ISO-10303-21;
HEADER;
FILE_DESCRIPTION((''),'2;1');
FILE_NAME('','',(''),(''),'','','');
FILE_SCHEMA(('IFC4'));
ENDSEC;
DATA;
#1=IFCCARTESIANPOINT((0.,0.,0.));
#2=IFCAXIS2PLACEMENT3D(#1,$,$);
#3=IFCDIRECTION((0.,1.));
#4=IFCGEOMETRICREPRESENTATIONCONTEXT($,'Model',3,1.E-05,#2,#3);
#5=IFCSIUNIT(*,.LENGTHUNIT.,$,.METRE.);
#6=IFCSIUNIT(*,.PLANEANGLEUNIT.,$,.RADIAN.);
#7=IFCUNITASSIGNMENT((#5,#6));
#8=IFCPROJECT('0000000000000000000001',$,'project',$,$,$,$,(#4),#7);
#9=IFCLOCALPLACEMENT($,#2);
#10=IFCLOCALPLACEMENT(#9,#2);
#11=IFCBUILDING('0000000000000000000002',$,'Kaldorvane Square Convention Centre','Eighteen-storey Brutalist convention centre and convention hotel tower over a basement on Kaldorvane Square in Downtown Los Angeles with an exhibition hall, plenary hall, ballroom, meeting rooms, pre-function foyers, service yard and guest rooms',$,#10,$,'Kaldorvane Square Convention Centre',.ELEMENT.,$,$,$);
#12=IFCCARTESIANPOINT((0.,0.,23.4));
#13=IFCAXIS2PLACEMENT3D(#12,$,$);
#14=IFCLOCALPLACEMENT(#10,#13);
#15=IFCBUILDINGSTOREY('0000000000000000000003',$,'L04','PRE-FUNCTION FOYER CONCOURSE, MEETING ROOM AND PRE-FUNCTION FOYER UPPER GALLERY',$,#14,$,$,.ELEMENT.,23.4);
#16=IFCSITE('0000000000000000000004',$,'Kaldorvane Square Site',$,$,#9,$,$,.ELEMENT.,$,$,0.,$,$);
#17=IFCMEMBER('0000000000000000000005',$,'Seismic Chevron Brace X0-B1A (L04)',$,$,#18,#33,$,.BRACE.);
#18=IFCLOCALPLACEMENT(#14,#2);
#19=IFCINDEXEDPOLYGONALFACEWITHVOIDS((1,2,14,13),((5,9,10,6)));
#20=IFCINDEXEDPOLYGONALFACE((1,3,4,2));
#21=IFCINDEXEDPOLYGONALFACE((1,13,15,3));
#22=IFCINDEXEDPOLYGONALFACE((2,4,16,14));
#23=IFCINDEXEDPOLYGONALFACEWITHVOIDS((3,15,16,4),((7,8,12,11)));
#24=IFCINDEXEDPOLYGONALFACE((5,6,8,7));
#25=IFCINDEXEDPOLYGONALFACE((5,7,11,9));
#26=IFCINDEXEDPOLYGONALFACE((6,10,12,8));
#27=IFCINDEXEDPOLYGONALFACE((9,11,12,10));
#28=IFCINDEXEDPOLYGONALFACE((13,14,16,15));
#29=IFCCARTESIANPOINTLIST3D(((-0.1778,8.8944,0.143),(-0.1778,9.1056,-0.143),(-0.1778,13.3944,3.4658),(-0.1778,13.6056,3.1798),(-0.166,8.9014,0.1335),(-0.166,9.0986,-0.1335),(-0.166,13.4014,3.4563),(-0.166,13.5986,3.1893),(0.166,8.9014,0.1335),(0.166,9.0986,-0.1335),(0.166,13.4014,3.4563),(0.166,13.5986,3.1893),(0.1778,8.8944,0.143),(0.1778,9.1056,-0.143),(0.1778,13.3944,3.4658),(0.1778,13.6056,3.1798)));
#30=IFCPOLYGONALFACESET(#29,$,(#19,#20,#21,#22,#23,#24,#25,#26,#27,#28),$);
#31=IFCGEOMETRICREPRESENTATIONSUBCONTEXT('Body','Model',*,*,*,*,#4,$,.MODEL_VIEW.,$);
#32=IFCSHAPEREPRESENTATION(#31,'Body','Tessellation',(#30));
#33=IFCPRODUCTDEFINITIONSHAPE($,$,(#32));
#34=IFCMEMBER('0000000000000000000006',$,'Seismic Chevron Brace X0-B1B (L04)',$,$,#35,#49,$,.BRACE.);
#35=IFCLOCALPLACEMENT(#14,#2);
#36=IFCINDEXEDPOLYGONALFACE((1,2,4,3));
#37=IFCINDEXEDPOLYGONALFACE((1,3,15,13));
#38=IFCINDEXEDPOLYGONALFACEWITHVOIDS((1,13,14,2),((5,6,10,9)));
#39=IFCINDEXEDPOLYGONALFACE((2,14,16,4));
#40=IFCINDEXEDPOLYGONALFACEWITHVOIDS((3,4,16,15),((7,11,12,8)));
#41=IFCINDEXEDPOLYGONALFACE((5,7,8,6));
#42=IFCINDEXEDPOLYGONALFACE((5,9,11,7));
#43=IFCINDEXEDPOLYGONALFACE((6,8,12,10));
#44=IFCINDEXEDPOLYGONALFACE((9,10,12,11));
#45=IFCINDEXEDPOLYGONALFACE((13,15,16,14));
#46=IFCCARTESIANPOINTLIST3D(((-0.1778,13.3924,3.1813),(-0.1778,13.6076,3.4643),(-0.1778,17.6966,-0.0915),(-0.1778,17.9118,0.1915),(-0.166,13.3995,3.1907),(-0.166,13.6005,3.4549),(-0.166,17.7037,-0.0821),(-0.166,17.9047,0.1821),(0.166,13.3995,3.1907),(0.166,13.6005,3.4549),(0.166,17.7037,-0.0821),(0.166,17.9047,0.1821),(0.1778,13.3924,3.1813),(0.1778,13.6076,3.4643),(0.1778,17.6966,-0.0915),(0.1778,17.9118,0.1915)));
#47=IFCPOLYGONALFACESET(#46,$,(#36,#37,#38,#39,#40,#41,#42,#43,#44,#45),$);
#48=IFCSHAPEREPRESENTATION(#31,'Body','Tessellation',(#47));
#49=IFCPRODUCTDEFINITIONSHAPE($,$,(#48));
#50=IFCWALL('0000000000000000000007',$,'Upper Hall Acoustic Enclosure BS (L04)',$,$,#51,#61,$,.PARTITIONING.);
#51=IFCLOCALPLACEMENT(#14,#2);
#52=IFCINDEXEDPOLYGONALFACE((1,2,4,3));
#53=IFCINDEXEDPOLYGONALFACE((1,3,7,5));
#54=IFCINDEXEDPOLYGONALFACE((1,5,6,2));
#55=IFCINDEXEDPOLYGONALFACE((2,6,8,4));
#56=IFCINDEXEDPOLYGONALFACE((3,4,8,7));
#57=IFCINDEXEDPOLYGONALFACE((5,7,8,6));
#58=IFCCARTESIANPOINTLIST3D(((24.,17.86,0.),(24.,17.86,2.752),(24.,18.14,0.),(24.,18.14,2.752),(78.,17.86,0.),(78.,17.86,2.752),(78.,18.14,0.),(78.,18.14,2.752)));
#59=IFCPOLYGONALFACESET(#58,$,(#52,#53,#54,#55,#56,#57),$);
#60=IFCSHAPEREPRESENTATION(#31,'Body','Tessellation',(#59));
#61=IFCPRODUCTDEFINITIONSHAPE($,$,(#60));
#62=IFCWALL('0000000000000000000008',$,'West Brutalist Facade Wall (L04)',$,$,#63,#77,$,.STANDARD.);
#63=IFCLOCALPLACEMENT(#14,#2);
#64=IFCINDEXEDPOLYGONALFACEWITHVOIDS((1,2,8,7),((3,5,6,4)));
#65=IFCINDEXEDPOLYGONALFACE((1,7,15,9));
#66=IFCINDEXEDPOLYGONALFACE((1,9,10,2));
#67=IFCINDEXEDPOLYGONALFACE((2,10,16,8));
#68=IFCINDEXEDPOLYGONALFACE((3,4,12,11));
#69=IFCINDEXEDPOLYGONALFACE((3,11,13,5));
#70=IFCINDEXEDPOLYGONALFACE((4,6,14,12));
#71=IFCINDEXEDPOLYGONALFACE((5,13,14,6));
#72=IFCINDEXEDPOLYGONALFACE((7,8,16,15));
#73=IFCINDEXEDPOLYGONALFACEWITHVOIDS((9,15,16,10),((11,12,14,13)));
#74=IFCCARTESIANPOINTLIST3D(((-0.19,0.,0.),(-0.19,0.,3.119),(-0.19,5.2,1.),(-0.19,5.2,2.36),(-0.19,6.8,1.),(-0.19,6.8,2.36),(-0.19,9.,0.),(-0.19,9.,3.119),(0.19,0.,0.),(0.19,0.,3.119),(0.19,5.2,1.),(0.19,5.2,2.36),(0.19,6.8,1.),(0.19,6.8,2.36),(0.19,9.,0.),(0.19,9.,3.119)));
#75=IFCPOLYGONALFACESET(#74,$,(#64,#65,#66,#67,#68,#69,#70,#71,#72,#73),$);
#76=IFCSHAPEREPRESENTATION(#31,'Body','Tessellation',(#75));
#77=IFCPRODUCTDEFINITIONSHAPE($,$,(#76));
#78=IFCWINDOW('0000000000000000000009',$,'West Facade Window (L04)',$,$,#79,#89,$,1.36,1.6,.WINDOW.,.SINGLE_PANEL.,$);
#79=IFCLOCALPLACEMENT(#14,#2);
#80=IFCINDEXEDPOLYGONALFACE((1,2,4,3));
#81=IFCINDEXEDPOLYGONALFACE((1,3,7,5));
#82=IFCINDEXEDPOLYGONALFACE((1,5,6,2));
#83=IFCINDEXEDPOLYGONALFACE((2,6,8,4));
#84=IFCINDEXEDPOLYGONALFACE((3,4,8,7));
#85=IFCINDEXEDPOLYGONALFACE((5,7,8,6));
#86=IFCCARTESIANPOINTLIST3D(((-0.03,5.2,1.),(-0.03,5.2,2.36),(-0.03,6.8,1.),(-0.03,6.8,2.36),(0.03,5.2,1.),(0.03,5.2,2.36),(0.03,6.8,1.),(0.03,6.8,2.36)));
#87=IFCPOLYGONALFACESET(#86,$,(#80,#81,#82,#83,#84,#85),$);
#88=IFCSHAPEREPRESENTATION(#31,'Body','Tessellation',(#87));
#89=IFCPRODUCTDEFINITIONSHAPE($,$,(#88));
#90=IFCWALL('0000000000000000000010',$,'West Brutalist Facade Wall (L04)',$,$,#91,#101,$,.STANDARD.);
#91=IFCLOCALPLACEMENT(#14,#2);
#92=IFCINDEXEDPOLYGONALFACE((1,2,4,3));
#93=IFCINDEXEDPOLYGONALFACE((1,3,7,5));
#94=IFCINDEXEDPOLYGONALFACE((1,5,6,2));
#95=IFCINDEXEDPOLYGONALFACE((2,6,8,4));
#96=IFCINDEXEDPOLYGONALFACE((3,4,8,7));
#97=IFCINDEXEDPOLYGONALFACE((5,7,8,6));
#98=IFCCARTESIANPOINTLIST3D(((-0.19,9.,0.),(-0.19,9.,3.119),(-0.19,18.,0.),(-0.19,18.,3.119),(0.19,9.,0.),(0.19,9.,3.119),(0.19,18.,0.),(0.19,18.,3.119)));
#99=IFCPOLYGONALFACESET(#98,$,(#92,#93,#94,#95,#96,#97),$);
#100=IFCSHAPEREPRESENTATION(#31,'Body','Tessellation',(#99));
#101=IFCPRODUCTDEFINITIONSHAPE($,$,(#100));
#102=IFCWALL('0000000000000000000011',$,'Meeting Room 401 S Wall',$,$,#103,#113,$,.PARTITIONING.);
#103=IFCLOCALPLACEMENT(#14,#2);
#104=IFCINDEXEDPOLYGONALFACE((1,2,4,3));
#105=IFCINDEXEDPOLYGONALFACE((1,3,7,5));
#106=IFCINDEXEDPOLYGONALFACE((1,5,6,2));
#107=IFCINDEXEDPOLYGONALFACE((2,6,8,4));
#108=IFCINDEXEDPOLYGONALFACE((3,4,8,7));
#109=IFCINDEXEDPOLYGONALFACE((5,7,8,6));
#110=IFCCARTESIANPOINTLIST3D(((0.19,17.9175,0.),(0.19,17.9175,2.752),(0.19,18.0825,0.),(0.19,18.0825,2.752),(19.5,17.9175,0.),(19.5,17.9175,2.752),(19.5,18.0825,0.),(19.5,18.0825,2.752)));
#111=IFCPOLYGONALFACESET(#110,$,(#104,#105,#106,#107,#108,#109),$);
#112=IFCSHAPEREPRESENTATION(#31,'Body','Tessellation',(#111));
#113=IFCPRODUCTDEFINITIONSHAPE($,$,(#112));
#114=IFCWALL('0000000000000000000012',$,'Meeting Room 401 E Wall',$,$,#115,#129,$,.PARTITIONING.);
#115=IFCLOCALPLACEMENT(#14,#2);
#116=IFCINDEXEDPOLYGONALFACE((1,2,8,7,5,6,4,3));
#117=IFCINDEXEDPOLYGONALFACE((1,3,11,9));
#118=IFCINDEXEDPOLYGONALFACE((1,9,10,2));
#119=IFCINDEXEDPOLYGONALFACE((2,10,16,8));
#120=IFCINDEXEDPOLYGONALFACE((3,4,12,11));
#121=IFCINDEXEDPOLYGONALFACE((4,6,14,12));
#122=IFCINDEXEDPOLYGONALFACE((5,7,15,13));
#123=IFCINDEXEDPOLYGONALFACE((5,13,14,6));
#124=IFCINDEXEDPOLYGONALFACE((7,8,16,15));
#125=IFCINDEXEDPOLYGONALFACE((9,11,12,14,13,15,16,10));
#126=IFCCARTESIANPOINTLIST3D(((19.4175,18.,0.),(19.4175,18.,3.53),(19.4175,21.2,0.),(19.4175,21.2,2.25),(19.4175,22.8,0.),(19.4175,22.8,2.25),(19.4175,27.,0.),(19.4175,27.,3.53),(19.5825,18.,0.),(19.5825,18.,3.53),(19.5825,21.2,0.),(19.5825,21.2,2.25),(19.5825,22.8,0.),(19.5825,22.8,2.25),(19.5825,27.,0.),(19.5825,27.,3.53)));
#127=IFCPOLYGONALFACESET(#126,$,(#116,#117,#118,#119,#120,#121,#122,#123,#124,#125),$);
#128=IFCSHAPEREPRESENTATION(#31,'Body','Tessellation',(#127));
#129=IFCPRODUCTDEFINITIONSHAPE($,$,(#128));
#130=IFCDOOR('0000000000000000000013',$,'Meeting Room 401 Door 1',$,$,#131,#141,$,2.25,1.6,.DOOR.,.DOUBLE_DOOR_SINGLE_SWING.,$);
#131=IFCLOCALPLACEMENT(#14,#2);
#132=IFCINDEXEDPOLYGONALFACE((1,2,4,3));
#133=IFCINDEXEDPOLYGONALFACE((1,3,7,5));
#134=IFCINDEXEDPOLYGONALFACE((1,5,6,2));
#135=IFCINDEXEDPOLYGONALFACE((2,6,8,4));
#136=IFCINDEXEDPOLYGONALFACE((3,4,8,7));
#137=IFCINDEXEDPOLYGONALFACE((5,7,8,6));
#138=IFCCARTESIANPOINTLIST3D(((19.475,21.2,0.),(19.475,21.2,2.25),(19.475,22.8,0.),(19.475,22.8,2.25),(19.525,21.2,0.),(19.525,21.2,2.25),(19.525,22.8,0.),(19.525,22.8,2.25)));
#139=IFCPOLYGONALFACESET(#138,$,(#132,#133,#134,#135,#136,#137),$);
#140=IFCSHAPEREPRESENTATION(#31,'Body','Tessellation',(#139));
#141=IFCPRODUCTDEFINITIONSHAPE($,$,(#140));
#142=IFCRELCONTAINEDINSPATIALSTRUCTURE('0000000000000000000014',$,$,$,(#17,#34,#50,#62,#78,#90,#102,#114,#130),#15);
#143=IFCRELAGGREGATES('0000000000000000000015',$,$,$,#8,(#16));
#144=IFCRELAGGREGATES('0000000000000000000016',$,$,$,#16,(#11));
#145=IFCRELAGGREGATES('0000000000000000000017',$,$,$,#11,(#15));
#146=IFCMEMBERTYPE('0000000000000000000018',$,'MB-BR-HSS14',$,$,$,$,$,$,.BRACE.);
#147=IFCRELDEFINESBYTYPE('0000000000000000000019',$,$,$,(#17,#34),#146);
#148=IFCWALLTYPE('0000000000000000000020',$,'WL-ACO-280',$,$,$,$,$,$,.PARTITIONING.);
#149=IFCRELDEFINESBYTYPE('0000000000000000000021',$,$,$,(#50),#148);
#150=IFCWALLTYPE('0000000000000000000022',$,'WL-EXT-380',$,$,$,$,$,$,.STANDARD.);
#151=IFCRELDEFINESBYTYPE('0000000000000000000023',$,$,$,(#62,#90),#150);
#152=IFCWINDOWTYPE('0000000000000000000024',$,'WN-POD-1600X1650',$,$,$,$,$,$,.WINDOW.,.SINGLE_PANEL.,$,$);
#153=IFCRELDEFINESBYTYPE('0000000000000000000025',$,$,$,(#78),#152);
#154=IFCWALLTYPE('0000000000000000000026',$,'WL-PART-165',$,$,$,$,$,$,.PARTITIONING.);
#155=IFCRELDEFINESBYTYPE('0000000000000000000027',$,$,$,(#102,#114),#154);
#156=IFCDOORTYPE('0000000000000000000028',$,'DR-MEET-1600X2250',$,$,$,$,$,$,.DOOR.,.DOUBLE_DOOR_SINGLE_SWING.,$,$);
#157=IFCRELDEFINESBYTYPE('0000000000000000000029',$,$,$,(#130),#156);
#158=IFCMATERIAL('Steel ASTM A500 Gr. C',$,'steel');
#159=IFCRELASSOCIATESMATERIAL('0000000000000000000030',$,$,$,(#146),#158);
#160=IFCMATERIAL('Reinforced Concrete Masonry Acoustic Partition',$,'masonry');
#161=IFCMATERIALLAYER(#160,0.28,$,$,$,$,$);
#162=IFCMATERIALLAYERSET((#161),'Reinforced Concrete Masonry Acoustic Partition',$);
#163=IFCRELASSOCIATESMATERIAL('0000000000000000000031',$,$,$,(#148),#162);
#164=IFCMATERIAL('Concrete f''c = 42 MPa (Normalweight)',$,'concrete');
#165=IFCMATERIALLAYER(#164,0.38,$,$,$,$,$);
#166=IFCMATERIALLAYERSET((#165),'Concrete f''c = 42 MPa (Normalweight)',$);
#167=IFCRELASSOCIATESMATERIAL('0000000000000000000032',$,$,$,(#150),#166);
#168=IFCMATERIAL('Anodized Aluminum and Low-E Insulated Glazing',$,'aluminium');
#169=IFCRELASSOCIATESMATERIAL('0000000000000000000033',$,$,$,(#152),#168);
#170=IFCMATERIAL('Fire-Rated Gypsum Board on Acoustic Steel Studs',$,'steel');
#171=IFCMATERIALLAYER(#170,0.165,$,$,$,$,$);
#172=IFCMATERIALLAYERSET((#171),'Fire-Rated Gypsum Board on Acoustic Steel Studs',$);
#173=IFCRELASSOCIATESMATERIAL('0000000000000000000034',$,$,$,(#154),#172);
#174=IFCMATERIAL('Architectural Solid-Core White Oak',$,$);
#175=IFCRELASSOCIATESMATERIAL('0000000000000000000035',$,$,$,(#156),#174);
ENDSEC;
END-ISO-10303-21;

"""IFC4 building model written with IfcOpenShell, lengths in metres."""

from ifc_helpers import new_model, si_unit, direction, frame, frame_2d, origin, origin_2d, place, context, subcontext, project, spatial, rectangle, hollow_rectangle, extrude, material, layer, layer_set, material_profile, profile_set, type_object, element, fill, save


model = new_model("IFC4")

# Units and contexts
model_context = context("Model", 3, precision=1e-05, world=origin(), true_north=direction((0.0, 1.0)))
body_context = subcontext(model_context, "Body", "Model", "MODEL_VIEW")
ifc_project = project(units=[si_unit("LENGTHUNIT", "METRE"), si_unit("PLANEANGLEUNIT", "RADIAN")], contexts=[model_context])

# Site, building, storey
site_placement = place(None, origin())
site = spatial("IfcSite", under=ifc_project, at=site_placement, Name="Kaldorvane Square Site", CompositionType="ELEMENT", RefElevation=0.0)
building_placement = place(site_placement, origin())
building = spatial("IfcBuilding", under=site, at=building_placement, Name="Kaldorvane Square Convention Centre", Description="Eighteen-storey Brutalist convention centre and convention hotel tower over a basement on Kaldorvane Square in Downtown Los Angeles with an exhibition hall, plenary hall, ballroom, meeting rooms, pre-function foyers, service yard and guest rooms", LongName="Kaldorvane Square Convention Centre", CompositionType="ELEMENT")
storey_placement = place(building_placement, frame((0.0, 0.0, 23.4)))
storey = spatial("IfcBuildingStorey", under=building, at=storey_placement, Name="L04", Description="PRE-FUNCTION FOYER CONCOURSE, MEETING ROOM AND PRE-FUNCTION FOYER UPPER GALLERY", CompositionType="ELEMENT", Elevation=23.4)

# Shared definitions
ifc_material_1 = material(Name="Steel ASTM A500 Gr. C", Category="steel")

# Members
ifc_material_profile_1 = material_profile(ifc_material_1, hollow_rectangle(XDim=0.3556, YDim=0.3556, WallThickness=0.0118, at=origin_2d()), Name="HSS14X14X1/2")
ifc_profile_set_1 = profile_set([ifc_material_profile_1], Name="Steel ASTM A500 Gr. C")
member_type = type_object("IfcMemberType", Name="MB-BR-HSS14", PredefinedType="BRACE", material=ifc_profile_set_1)
member_1_placement = place(storey_placement, frame((0.0, 9.0, 0.0), z_axis=(0.0, 0.804457, 0.594011), x_axis=(-1.0, 0.0, 0.0)))
element("IfcMember", 1, at=member_1_placement, inside=storey, type_object=member_type, Name="Seismic Chevron Brace X0-B1A (L04)", PredefinedType="BRACE", context=body_context, shape_type="SweptSolid", body=[
    extrude(hollow_rectangle(XDim=0.3556, YDim=0.3556, WallThickness=0.0118, at=origin_2d()), origin(), (0.0, 0.0, 1.0), 5.5938),
])
member_2_placement = place(storey_placement, frame((0.0, 17.8042, 0.05), z_axis=(0.0, -0.796019, 0.605271), x_axis=(1.0, 0.0, 0.0)))
element("IfcMember", 2, at=member_2_placement, inside=storey, type_object=member_type, Name="Seismic Chevron Brace X0-B1B (L04)", PredefinedType="BRACE", context=body_context, shape_type="SweptSolid", body=[
    extrude(hollow_rectangle(XDim=0.3556, YDim=0.3556, WallThickness=0.0118, at=origin_2d()), origin(), (0.0, 0.0, 1.0), 5.4072),
])

# Wall
ifc_material_2 = material(Name="Reinforced Concrete Masonry Acoustic Partition", Category="masonry")
ifc_layer_1 = layer(ifc_material_2, 0.28)
ifc_layer_set_1 = layer_set([ifc_layer_1], Name="Reinforced Concrete Masonry Acoustic Partition")
wall_type_1 = type_object("IfcWallType", Name="WL-ACO-280", PredefinedType="PARTITIONING", material=ifc_layer_set_1)
wall_1_placement = place(storey_placement, frame((24.0, 18.0, 0.0), z_axis=(0.0, 0.0, 1.0), x_axis=(1.0, 0.0, 0.0)))
element("IfcWall", 3, at=wall_1_placement, inside=storey, type_object=wall_type_1, Name="Upper Hall Acoustic Enclosure BS (L04)", PredefinedType="PARTITIONING", context=body_context, shape_type="SweptSolid", body=[
    extrude(rectangle(XDim=54.0, YDim=0.28, at=frame_2d((27.0, 0.0))), origin(), (0.0, 0.0, 1.0), 2.752),
])

# Wall, opening, window
ifc_material_3 = material(Name="Concrete f'c = 42 MPa (Normalweight)", Category="concrete")
ifc_layer_2 = layer(ifc_material_3, 0.38)
ifc_layer_set_2 = layer_set([ifc_layer_2], Name="Concrete f'c = 42 MPa (Normalweight)")
wall_type_2 = type_object("IfcWallType", Name="WL-EXT-380", PredefinedType="STANDARD", material=ifc_layer_set_2)
wall_2_placement = place(storey_placement, frame((0.0, 9.0, 0.0), z_axis=(0.0, 0.0, 1.0), x_axis=(0.0, -1.0, 0.0)))
wall_2 = element("IfcWall", 4, at=wall_2_placement, inside=storey, type_object=wall_type_2, Name="West Brutalist Facade Wall (L04)", PredefinedType="STANDARD", context=body_context, shape_type="SweptSolid", body=[
    extrude(rectangle(XDim=9.0, YDim=0.38, at=frame_2d((4.5, 0.0))), origin(), (0.0, 0.0, 1.0), 3.119),
])
opening_1_placement = place(wall_2_placement, frame((2.2, 0.0, 1.0)))
opening_1 = element("IfcOpeningElement", 5, at=opening_1_placement, cuts=wall_2, PredefinedType="OPENING", context=body_context, shape_type="SweptSolid", body=[
    extrude(rectangle(XDim=1.6, YDim=1.36, at=frame_2d((0.8, 0.68))), frame((0.0, 0.205, 0.0), z_axis=(0.0, -1.0, 0.0), x_axis=(1.0, 0.0, 0.0)), (0.0, 0.0, 1.0), 0.41),
])
ifc_material_4 = material(Name="Anodized Aluminum and Low-E Insulated Glazing", Category="aluminium")
window_type = type_object("IfcWindowType", Name="WN-POD-1600X1650", PartitioningType="SINGLE_PANEL", PredefinedType="WINDOW", material=ifc_material_4)
window_placement = place(opening_1_placement, origin())
window = element("IfcWindow", 6, at=window_placement, inside=storey, type_object=window_type, Name="West Facade Window (L04)", OverallHeight=1.36, OverallWidth=1.6, PartitioningType="SINGLE_PANEL", PredefinedType="WINDOW", context=body_context, shape_type="SweptSolid", body=[
    extrude(rectangle(XDim=1.6, YDim=1.36, at=frame_2d((0.8, 0.68))), frame((0.0, 0.03, 0.0), z_axis=(0.0, -1.0, 0.0), x_axis=(1.0, 0.0, 0.0)), (0.0, 0.0, 1.0), 0.06),
])
fill(opening_1, window)

# Walls
wall_3_placement = place(storey_placement, frame((0.0, 18.0, 0.0), z_axis=(0.0, 0.0, 1.0), x_axis=(0.0, -1.0, 0.0)))
element("IfcWall", 7, at=wall_3_placement, inside=storey, type_object=wall_type_2, Name="West Brutalist Facade Wall (L04)", PredefinedType="STANDARD", context=body_context, shape_type="SweptSolid", body=[
    extrude(rectangle(XDim=9.0, YDim=0.38, at=frame_2d((4.5, 0.0))), origin(), (0.0, 0.0, 1.0), 3.119),
])
ifc_material_5 = material(Name="Fire-Rated Gypsum Board on Acoustic Steel Studs", Category="steel")
ifc_layer_3 = layer(ifc_material_5, 0.165)
ifc_layer_set_3 = layer_set([ifc_layer_3], Name="Fire-Rated Gypsum Board on Acoustic Steel Studs")
wall_type_3 = type_object("IfcWallType", Name="WL-PART-165", PredefinedType="PARTITIONING", material=ifc_layer_set_3)
wall_4_placement = place(storey_placement, frame((0.19, 18.0, 0.0), z_axis=(0.0, 0.0, 1.0), x_axis=(1.0, 0.0, 0.0)))
element("IfcWall", 8, at=wall_4_placement, inside=storey, type_object=wall_type_3, Name="Meeting Room 401 S Wall", PredefinedType="PARTITIONING", context=body_context, shape_type="SweptSolid", body=[
    extrude(rectangle(XDim=19.31, YDim=0.165, at=frame_2d((9.655, 0.0))), origin(), (0.0, 0.0, 1.0), 2.752),
])

# Wall, opening, door
wall_5_placement = place(storey_placement, frame((19.5, 18.0, 0.0), z_axis=(0.0, 0.0, 1.0), x_axis=(0.0, 1.0, 0.0)))
wall_5 = element("IfcWall", 9, at=wall_5_placement, inside=storey, type_object=wall_type_3, Name="Meeting Room 401 E Wall", PredefinedType="PARTITIONING", context=body_context, shape_type="SweptSolid", body=[
    extrude(rectangle(XDim=9.0, YDim=0.165, at=frame_2d((4.5, 0.0))), origin(), (0.0, 0.0, 1.0), 3.53),
])
opening_2_placement = place(wall_5_placement, frame((3.2, 0.0, 0.0)))
opening_2 = element("IfcOpeningElement", 10, at=opening_2_placement, cuts=wall_5, PredefinedType="OPENING", context=body_context, shape_type="SweptSolid", body=[
    extrude(rectangle(XDim=1.6, YDim=2.25, at=frame_2d((0.8, 1.125))), frame((0.0, 0.0975, 0.0), z_axis=(0.0, -1.0, 0.0), x_axis=(1.0, 0.0, 0.0)), (0.0, 0.0, 1.0), 0.195),
])
ifc_material_6 = material(Name="Architectural Solid-Core White Oak")
door_type = type_object("IfcDoorType", Name="DR-MEET-1600X2250", OperationType="DOUBLE_DOOR_SINGLE_SWING", PredefinedType="DOOR", material=ifc_material_6)
door_placement = place(opening_2_placement, origin())
door = element("IfcDoor", 11, at=door_placement, inside=storey, type_object=door_type, Name="Meeting Room 401 Door 1", OperationType="DOUBLE_DOOR_SINGLE_SWING", OverallHeight=2.25, OverallWidth=1.6, PredefinedType="DOOR", context=body_context, shape_type="SweptSolid", body=[
    extrude(rectangle(XDim=1.6, YDim=2.25, at=frame_2d((0.8, 1.125))), frame((0.0, 0.025, 0.0), z_axis=(0.0, -1.0, 0.0), x_axis=(1.0, 0.0, 0.0)), (0.0, 0.0, 1.0), 0.05),
])
fill(opening_2, door)

save(model, "model.ifc")
